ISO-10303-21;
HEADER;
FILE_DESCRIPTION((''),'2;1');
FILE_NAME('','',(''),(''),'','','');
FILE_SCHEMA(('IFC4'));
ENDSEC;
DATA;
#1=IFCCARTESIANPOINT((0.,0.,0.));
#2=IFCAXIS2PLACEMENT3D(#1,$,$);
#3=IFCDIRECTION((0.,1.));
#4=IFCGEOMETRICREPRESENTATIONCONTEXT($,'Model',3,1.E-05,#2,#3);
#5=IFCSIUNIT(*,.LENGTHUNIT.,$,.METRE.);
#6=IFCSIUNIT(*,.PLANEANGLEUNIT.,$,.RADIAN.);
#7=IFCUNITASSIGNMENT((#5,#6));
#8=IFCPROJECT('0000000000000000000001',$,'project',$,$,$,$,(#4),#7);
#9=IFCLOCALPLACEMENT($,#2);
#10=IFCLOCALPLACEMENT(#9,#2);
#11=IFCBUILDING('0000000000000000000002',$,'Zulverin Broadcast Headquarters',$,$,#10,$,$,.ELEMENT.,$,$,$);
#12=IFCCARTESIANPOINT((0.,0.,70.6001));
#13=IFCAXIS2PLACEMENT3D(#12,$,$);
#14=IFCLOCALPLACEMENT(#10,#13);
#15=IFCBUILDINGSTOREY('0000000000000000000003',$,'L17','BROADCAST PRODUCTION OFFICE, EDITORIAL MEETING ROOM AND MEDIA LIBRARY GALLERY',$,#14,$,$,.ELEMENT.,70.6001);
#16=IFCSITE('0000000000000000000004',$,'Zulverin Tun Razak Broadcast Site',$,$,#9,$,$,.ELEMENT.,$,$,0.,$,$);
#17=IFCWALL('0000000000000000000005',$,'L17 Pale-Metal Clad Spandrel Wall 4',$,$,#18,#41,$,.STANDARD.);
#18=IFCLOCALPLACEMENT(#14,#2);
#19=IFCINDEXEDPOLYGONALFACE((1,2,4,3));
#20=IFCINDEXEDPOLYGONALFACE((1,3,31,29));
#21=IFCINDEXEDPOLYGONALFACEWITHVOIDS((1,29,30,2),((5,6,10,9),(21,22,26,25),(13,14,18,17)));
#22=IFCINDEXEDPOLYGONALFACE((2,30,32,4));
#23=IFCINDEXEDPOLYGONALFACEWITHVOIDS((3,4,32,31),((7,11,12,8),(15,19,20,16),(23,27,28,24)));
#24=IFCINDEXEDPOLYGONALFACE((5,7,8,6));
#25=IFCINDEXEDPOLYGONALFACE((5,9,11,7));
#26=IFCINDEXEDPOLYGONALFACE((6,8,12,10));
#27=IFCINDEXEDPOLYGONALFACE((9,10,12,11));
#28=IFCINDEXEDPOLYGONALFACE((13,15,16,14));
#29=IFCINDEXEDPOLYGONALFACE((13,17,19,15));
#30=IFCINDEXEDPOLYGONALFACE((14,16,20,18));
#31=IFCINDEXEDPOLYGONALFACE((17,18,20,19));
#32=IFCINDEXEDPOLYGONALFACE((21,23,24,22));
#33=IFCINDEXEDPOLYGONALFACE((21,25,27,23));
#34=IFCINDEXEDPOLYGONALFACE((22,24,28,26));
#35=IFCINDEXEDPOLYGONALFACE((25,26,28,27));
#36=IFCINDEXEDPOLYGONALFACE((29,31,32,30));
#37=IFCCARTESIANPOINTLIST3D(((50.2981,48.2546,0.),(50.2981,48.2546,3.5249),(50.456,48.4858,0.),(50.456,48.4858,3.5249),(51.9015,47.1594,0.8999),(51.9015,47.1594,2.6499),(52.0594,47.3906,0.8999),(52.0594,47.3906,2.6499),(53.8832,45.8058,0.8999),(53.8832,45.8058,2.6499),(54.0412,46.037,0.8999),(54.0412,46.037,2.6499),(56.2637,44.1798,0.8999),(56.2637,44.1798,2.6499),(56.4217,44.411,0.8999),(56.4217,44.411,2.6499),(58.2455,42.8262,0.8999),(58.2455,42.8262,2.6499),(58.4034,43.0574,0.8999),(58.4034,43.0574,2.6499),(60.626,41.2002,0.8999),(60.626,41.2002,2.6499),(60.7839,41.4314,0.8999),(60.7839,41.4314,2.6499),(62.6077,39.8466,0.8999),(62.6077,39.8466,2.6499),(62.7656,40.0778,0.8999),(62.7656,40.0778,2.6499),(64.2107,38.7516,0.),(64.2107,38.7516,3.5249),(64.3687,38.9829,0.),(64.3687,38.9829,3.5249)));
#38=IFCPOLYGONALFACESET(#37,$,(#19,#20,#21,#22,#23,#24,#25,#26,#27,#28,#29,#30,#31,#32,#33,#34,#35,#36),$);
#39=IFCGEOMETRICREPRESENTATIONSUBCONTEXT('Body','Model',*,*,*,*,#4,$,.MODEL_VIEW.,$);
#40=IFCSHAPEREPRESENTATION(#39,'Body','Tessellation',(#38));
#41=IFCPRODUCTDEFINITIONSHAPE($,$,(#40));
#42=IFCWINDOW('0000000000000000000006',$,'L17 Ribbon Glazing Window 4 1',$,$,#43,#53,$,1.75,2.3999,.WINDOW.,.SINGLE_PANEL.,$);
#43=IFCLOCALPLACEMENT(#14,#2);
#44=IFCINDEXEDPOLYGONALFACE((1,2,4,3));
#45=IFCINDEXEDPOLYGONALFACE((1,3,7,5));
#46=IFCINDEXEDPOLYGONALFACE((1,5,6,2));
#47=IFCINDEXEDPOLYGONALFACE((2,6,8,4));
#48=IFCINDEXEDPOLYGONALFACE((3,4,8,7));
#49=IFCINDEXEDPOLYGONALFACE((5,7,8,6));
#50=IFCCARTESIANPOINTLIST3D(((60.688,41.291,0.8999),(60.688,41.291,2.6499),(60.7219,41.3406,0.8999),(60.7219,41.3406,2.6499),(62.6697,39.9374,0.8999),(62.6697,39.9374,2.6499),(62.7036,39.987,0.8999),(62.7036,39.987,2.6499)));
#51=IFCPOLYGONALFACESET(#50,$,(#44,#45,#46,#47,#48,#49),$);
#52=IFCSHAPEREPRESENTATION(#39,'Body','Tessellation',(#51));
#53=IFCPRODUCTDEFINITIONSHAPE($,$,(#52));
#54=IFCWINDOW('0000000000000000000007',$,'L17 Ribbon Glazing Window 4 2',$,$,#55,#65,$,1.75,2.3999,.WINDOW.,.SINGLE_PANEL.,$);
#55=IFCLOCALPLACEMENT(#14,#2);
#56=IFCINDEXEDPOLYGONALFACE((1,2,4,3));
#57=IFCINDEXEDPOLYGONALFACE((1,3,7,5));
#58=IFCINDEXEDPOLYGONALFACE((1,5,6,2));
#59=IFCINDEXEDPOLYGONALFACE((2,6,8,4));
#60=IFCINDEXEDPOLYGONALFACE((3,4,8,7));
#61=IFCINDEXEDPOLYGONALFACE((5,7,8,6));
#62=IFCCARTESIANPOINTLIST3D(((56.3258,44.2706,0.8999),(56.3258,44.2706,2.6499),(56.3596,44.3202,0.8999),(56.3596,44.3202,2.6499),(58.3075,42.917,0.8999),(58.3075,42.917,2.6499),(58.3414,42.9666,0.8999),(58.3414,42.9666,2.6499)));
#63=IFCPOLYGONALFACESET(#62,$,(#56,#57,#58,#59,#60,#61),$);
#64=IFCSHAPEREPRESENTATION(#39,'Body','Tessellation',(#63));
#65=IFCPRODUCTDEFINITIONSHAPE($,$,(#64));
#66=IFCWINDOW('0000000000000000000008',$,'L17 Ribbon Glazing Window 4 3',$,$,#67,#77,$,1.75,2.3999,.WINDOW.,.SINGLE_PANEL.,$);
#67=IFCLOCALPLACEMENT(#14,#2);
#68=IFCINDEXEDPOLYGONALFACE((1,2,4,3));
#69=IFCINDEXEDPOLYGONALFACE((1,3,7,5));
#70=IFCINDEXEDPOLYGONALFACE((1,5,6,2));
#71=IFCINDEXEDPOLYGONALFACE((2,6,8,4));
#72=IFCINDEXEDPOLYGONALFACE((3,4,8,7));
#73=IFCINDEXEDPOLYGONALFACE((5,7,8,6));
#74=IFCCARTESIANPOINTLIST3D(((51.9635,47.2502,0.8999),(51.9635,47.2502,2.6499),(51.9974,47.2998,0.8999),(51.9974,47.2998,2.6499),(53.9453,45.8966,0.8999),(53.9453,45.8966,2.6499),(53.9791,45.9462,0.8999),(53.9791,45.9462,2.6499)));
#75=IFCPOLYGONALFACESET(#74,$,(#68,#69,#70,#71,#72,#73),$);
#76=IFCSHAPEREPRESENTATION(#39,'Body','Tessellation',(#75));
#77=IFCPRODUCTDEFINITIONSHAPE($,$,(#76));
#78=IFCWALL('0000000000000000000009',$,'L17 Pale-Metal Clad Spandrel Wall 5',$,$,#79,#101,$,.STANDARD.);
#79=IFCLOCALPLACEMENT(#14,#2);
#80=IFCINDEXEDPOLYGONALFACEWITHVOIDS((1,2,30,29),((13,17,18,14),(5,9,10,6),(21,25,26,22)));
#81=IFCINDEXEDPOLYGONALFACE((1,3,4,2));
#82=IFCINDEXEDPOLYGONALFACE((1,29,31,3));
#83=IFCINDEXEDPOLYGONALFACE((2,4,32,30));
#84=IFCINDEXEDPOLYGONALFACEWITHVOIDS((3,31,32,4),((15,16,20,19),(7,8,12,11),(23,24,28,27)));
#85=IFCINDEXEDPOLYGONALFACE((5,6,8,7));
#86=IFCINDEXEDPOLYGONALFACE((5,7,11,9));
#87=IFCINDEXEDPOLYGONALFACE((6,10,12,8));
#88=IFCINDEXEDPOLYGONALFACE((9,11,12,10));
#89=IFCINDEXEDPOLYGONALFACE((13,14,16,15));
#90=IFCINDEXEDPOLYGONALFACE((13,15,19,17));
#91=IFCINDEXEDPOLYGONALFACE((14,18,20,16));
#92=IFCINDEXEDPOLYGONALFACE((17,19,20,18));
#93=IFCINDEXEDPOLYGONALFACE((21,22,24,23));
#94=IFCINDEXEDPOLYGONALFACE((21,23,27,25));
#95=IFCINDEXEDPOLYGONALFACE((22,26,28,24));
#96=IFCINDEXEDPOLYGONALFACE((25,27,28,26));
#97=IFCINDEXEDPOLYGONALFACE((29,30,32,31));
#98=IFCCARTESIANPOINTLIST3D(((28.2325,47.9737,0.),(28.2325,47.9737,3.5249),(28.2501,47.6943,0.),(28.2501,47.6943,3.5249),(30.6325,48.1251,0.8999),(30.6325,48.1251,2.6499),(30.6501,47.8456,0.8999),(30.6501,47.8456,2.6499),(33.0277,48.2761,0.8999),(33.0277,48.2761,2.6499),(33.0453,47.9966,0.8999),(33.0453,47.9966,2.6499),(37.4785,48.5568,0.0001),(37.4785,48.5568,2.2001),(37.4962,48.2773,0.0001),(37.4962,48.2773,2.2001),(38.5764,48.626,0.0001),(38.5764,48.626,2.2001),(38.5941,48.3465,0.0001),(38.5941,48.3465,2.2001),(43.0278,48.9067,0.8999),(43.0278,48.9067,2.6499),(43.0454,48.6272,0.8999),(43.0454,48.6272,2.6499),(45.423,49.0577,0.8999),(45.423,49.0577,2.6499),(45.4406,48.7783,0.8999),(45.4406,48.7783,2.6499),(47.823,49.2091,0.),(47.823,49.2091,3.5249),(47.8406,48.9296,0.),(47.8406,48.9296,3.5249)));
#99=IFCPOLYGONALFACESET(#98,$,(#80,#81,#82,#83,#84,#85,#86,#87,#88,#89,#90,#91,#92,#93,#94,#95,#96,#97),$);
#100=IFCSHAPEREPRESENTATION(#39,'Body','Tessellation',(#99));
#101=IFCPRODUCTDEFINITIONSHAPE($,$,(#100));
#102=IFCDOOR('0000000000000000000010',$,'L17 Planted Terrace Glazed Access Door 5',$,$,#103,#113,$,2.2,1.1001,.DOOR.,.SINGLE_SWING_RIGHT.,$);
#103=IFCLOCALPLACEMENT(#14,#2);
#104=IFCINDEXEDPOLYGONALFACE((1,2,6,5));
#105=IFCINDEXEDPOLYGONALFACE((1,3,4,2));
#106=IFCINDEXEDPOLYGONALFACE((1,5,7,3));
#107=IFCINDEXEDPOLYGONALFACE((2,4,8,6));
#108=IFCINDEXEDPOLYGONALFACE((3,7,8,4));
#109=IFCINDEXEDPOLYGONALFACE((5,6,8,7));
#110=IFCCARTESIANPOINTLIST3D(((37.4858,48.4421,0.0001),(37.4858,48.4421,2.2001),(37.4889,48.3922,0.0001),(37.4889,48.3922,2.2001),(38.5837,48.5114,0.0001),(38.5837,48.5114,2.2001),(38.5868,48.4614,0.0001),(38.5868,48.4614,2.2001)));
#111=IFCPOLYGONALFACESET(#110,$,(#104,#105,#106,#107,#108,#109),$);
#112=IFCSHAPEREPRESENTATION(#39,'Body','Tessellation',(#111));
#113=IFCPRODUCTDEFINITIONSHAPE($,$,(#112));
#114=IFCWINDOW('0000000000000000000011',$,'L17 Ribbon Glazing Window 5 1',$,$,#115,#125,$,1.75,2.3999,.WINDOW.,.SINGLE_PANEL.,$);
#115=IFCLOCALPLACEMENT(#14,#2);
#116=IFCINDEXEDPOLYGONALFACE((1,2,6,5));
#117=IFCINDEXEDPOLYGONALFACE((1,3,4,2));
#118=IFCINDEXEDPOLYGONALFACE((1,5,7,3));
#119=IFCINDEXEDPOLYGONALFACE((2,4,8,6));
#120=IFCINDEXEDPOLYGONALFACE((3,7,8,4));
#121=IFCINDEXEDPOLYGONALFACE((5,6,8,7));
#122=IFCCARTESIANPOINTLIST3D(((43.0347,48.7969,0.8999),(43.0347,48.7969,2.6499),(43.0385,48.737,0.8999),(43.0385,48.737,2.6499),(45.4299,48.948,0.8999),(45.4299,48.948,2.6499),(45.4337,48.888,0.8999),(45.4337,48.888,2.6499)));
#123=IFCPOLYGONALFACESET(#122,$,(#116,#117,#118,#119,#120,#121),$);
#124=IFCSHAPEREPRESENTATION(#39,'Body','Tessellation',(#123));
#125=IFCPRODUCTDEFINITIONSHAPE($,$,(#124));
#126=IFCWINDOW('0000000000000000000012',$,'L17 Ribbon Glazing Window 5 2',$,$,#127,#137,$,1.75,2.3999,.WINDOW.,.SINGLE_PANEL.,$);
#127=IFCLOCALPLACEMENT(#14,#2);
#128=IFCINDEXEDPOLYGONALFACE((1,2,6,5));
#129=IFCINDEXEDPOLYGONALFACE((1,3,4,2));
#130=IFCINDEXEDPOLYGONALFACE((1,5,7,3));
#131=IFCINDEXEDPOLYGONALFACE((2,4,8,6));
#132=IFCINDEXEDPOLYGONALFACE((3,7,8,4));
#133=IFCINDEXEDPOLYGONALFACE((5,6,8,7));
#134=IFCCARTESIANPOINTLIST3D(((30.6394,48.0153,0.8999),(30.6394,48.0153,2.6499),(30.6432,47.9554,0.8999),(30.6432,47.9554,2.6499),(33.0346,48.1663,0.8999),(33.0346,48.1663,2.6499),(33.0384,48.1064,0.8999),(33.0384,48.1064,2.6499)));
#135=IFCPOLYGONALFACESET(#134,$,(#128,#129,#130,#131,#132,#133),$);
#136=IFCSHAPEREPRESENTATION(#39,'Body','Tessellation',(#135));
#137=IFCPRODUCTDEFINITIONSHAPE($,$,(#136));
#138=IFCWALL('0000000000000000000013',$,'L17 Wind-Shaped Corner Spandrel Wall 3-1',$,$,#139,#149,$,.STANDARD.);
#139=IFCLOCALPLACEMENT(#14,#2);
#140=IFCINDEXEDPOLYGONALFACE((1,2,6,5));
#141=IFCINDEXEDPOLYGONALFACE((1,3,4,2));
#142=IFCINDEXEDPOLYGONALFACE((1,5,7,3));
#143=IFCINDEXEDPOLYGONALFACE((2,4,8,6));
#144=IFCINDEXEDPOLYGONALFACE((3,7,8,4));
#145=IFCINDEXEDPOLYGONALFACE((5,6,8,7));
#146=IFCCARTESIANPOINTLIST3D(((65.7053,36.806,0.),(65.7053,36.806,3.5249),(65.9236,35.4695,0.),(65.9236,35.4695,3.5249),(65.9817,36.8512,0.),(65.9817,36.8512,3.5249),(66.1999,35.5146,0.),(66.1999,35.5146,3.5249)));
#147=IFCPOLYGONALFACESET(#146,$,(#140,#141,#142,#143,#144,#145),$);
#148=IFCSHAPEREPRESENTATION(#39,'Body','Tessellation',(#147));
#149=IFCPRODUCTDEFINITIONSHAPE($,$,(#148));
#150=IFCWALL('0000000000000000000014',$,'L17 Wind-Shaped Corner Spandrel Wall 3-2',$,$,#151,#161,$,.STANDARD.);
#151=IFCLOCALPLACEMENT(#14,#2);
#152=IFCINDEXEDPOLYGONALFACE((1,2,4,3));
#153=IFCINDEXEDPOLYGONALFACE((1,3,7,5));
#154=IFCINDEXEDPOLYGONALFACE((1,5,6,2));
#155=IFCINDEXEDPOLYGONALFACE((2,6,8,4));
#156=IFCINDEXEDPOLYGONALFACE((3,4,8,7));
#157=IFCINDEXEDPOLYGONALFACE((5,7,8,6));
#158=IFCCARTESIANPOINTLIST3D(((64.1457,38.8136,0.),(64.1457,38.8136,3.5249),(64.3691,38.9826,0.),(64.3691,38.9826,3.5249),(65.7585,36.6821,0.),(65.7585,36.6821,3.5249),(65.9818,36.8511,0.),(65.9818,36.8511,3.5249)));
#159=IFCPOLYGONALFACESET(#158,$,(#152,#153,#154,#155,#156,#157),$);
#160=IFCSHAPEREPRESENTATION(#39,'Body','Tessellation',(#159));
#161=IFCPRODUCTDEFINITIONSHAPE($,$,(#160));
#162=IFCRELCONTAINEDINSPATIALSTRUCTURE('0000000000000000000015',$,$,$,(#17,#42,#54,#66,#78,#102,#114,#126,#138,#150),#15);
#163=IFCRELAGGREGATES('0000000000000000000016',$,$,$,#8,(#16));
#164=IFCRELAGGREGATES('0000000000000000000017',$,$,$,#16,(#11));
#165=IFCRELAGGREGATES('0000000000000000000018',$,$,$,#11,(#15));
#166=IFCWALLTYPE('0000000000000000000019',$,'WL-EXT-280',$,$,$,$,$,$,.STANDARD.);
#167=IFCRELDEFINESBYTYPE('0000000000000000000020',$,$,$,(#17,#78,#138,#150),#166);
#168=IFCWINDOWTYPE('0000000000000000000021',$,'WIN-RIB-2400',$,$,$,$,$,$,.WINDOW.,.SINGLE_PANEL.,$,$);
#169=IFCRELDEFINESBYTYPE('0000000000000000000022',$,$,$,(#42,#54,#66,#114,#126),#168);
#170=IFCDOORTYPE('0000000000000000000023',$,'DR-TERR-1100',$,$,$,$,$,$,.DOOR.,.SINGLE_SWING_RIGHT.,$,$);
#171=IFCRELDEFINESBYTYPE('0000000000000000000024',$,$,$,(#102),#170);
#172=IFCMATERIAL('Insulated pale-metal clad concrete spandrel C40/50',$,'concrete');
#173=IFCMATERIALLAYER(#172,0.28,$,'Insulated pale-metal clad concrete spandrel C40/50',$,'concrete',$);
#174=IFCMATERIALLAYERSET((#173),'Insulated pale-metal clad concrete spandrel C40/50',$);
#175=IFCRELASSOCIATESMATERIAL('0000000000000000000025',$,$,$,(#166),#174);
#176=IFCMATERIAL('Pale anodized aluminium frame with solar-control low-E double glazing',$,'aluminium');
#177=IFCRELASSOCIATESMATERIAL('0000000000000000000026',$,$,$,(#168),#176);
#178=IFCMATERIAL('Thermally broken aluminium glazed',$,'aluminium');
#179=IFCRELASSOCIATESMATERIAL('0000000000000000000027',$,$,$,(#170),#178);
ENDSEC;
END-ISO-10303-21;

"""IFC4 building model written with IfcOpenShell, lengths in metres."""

from ifc_helpers import new_model, si_unit, direction, frame, frame_2d, origin, place, context, subcontext, project, spatial, rectangle, extrude, material, layer, layer_set, type_object, element, fill, save


model = new_model("IFC4")

# Units and contexts
model_context = context("Model", 3, precision=1e-05, world=origin(), true_north=direction((0.0, 1.0)))
body_context = subcontext(model_context, "Body", "Model", "MODEL_VIEW")
ifc_project = project(units=[si_unit("LENGTHUNIT", "METRE"), si_unit("PLANEANGLEUNIT", "RADIAN")], contexts=[model_context])

# Site, building, storey
site_placement = place(None, origin())
site = spatial("IfcSite", under=ifc_project, at=site_placement, Name="Zulverin Tun Razak Broadcast Site", CompositionType="ELEMENT", RefElevation=0.0)
building_placement = place(site_placement, origin())
building = spatial("IfcBuilding", under=site, at=building_placement, Name="Zulverin Broadcast Headquarters", CompositionType="ELEMENT")
storey_placement = place(building_placement, frame((0.0, 0.0, 70.6001)))
storey = spatial("IfcBuildingStorey", under=building, at=storey_placement, Name="L17", Description="BROADCAST PRODUCTION OFFICE, EDITORIAL MEETING ROOM AND MEDIA LIBRARY GALLERY", CompositionType="ELEMENT", Elevation=70.6001)

# Wall, openings, windows
ifc_material_1 = material(Name="Insulated pale-metal clad concrete spandrel C40/50", Category="concrete")
ifc_layer_1 = layer(ifc_material_1, 0.28, Name="Insulated pale-metal clad concrete spandrel C40/50", Category="concrete")
ifc_layer_set_1 = layer_set([ifc_layer_1], Name="Insulated pale-metal clad concrete spandrel C40/50")
wall_type = type_object("IfcWallType", Name="WL-EXT-280", PredefinedType="STANDARD", material=ifc_layer_set_1)
wall_1_placement = place(storey_placement, frame((64.2898, 38.8672, 0.0), z_axis=(0.0, 0.0, 1.0), x_axis=(-0.825756, 0.564028, 0.0)))
wall_1 = element("IfcWall", 1, at=wall_1_placement, inside=storey, type_object=wall_type, Name="L17 Pale-Metal Clad Spandrel Wall 4", PredefinedType="STANDARD", context=body_context, shape_type="SweptSolid", body=[
    extrude(rectangle(XDim=16.8484, YDim=0.28, at=frame_2d((8.4243, 0.0))), origin(), (0.0, 0.0, 1.0), 3.5249),
])
opening_1_placement = place(wall_1_placement, frame((1.9414, 0.0, 0.8999)))
opening_1 = element("IfcOpeningElement", 2, at=opening_1_placement, cuts=wall_1, PredefinedType="OPENING", context=body_context, shape_type="SweptSolid", body=[
    extrude(rectangle(XDim=2.3999, YDim=1.75, at=frame_2d((1.2, 0.875))), frame((0.0, 0.1499, 0.0), z_axis=(0.0, -1.0, 0.0), x_axis=(1.0, 0.0, 0.0)), (0.0, 0.0, 1.0), 0.3),
])
opening_2_placement = place(wall_1_placement, frame((7.2241, 0.0, 0.8999)))
opening_2 = element("IfcOpeningElement", 3, at=opening_2_placement, cuts=wall_1, PredefinedType="OPENING", context=body_context, shape_type="SweptSolid", body=[
    extrude(rectangle(XDim=2.3999, YDim=1.75, at=frame_2d((1.2, 0.875))), frame((0.0, 0.1499, 0.0), z_axis=(0.0, -1.0, 0.0), x_axis=(1.0, 0.0, 0.0)), (0.0, 0.0, 1.0), 0.3),
])
opening_3_placement = place(wall_1_placement, frame((12.5068, 0.0, 0.8999)))
opening_3 = element("IfcOpeningElement", 4, at=opening_3_placement, cuts=wall_1, PredefinedType="OPENING", context=body_context, shape_type="SweptSolid", body=[
    extrude(rectangle(XDim=2.3999, YDim=1.75, at=frame_2d((1.2, 0.875))), frame((0.0, 0.1499, 0.0), z_axis=(0.0, -1.0, 0.0), x_axis=(1.0, 0.0, 0.0)), (0.0, 0.0, 1.0), 0.3),
])
ifc_material_2 = material(Name="Pale anodized aluminium frame with solar-control low-E double glazing", Category="aluminium")
window_type = type_object("IfcWindowType", Name="WIN-RIB-2400", PartitioningType="SINGLE_PANEL", PredefinedType="WINDOW", material=ifc_material_2)
window_1_placement = place(opening_1_placement, origin())
window_1 = element("IfcWindow", 5, at=window_1_placement, inside=storey, type_object=window_type, Name="L17 Ribbon Glazing Window 4 1", OverallHeight=1.75, OverallWidth=2.3999, PartitioningType="SINGLE_PANEL", PredefinedType="WINDOW", context=body_context, shape_type="SweptSolid", body=[
    extrude(rectangle(XDim=2.3999, YDim=1.75, at=frame_2d((1.2, 0.875))), frame((0.0, 0.03, 0.0), z_axis=(0.0, -1.0, 0.0), x_axis=(1.0, 0.0, 0.0)), (0.0, 0.0, 1.0), 0.0601),
])
fill(opening_1, window_1)
window_2_placement = place(opening_2_placement, origin())
window_2 = element("IfcWindow", 6, at=window_2_placement, inside=storey, type_object=window_type, Name="L17 Ribbon Glazing Window 4 2", OverallHeight=1.75, OverallWidth=2.3999, PartitioningType="SINGLE_PANEL", PredefinedType="WINDOW", context=body_context, shape_type="SweptSolid", body=[
    extrude(rectangle(XDim=2.3999, YDim=1.75, at=frame_2d((1.2, 0.875))), frame((0.0, 0.03, 0.0), z_axis=(0.0, -1.0, 0.0), x_axis=(1.0, 0.0, 0.0)), (0.0, 0.0, 1.0), 0.0601),
])
fill(opening_2, window_2)
window_3_placement = place(opening_3_placement, origin())
window_3 = element("IfcWindow", 7, at=window_3_placement, inside=storey, type_object=window_type, Name="L17 Ribbon Glazing Window 4 3", OverallHeight=1.75, OverallWidth=2.3999, PartitioningType="SINGLE_PANEL", PredefinedType="WINDOW", context=body_context, shape_type="SweptSolid", body=[
    extrude(rectangle(XDim=2.3999, YDim=1.75, at=frame_2d((1.2, 0.875))), frame((0.0, 0.03, 0.0), z_axis=(0.0, -1.0, 0.0), x_axis=(1.0, 0.0, 0.0)), (0.0, 0.0, 1.0), 0.0601),
])
fill(opening_3, window_3)

# Wall, openings, door, windows
wall_2_placement = place(storey_placement, frame((47.8318, 49.0693, 0.0), z_axis=(0.0, 0.0, 1.0), x_axis=(-0.998018, -0.062933, 0.0)))
wall_2 = element("IfcWall", 8, at=wall_2_placement, inside=storey, type_object=wall_type, Name="L17 Pale-Metal Clad Spandrel Wall 5", PredefinedType="STANDARD", context=body_context, shape_type="SweptSolid", body=[
    extrude(rectangle(XDim=19.6294, YDim=0.28, at=frame_2d((9.8147, 0.0))), origin(), (0.0, 0.0, 1.0), 3.5249),
])
opening_4_placement = place(wall_2_placement, frame((9.2649, 0.0, 0.0)))
opening_4 = element("IfcOpeningElement", 9, at=opening_4_placement, cuts=wall_2, PredefinedType="OPENING", context=body_context, shape_type="SweptSolid", body=[
    extrude(rectangle(XDim=1.1001, YDim=2.2, at=frame_2d((0.55, 1.1001))), frame((0.0, 0.1499, 0.0), z_axis=(0.0, -1.0, 0.0), x_axis=(1.0, 0.0, 0.0)), (0.0, 0.0, 1.0), 0.3),
])
opening_5_placement = place(wall_2_placement, frame((2.4048, 0.0, 0.8999)))
opening_5 = element("IfcOpeningElement", 10, at=opening_5_placement, cuts=wall_2, PredefinedType="OPENING", context=body_context, shape_type="SweptSolid", body=[
    extrude(rectangle(XDim=2.3999, YDim=1.75, at=frame_2d((1.2, 0.875))), frame((0.0, 0.1499, 0.0), z_axis=(0.0, -1.0, 0.0), x_axis=(1.0, 0.0, 0.0)), (0.0, 0.0, 1.0), 0.3),
])
opening_6_placement = place(wall_2_placement, frame((14.8247, 0.0, 0.8999)))
opening_6 = element("IfcOpeningElement", 11, at=opening_6_placement, cuts=wall_2, PredefinedType="OPENING", context=body_context, shape_type="SweptSolid", body=[
    extrude(rectangle(XDim=2.3999, YDim=1.75, at=frame_2d((1.2, 0.875))), frame((0.0, 0.1499, 0.0), z_axis=(0.0, -1.0, 0.0), x_axis=(1.0, 0.0, 0.0)), (0.0, 0.0, 1.0), 0.3),
])
ifc_material_3 = material(Name="Thermally broken aluminium glazed", Category="aluminium")
door_type = type_object("IfcDoorType", Name="DR-TERR-1100", OperationType="SINGLE_SWING_RIGHT", PredefinedType="DOOR", material=ifc_material_3)
door_placement = place(opening_4_placement, origin())
door = element("IfcDoor", 12, at=door_placement, inside=storey, type_object=door_type, Name="L17 Planted Terrace Glazed Access Door 5", OperationType="SINGLE_SWING_RIGHT", OverallHeight=2.2, OverallWidth=1.1001, PredefinedType="DOOR", context=body_context, shape_type="SweptSolid", body=[
    extrude(rectangle(XDim=1.1001, YDim=2.2, at=frame_2d((0.55, 1.1001))), frame((0.0, 0.0249, 0.0), z_axis=(0.0, -1.0, 0.0), x_axis=(1.0, 0.0, 0.0)), (0.0, 0.0, 1.0), 0.05),
])
fill(opening_4, door)
window_4_placement = place(opening_5_placement, origin())
window_4 = element("IfcWindow", 13, at=window_4_placement, inside=storey, type_object=window_type, Name="L17 Ribbon Glazing Window 5 1", OverallHeight=1.75, OverallWidth=2.3999, PartitioningType="SINGLE_PANEL", PredefinedType="WINDOW", context=body_context, shape_type="SweptSolid", body=[
    extrude(rectangle(XDim=2.3999, YDim=1.75, at=frame_2d((1.2, 0.875))), frame((0.0, 0.03, 0.0), z_axis=(0.0, -1.0, 0.0), x_axis=(1.0, 0.0, 0.0)), (0.0, 0.0, 1.0), 0.0601),
])
fill(opening_5, window_4)
window_5_placement = place(opening_6_placement, origin())
window_5 = element("IfcWindow", 14, at=window_5_placement, inside=storey, type_object=window_type, Name="L17 Ribbon Glazing Window 5 2", OverallHeight=1.75, OverallWidth=2.3999, PartitioningType="SINGLE_PANEL", PredefinedType="WINDOW", context=body_context, shape_type="SweptSolid", body=[
    extrude(rectangle(XDim=2.3999, YDim=1.75, at=frame_2d((1.2, 0.875))), frame((0.0, 0.03, 0.0), z_axis=(0.0, -1.0, 0.0), x_axis=(1.0, 0.0, 0.0)), (0.0, 0.0, 1.0), 0.0601),
])
fill(opening_6, window_5)

# Walls
wall_3_placement = place(storey_placement, frame((66.0618, 35.4919, 0.0), z_axis=(0.0, 0.0, 1.0), x_axis=(-0.161182, 0.986925, 0.0)))
element("IfcWall", 15, at=wall_3_placement, inside=storey, type_object=wall_type, Name="L17 Wind-Shaped Corner Spandrel Wall 3-1", PredefinedType="STANDARD", context=body_context, shape_type="SweptSolid", body=[
    extrude(rectangle(XDim=1.3542, YDim=0.28, at=frame_2d((0.6772, 0.0))), origin(), (0.0, 0.0, 1.0), 3.5249),
])
wall_4_placement = place(storey_placement, frame((65.8701, 36.7666, 0.0), z_axis=(0.0, 0.0, 1.0), x_axis=(-0.60337, 0.797461, 0.0)))
element("IfcWall", 16, at=wall_4_placement, inside=storey, type_object=wall_type, Name="L17 Wind-Shaped Corner Spandrel Wall 3-2", PredefinedType="STANDARD", context=body_context, shape_type="SweptSolid", body=[
    extrude(rectangle(XDim=2.6729, YDim=0.28, at=frame_2d((1.3364, 0.0))), origin(), (0.0, 0.0, 1.0), 3.5249),
])

save(model, "model.ifc")
